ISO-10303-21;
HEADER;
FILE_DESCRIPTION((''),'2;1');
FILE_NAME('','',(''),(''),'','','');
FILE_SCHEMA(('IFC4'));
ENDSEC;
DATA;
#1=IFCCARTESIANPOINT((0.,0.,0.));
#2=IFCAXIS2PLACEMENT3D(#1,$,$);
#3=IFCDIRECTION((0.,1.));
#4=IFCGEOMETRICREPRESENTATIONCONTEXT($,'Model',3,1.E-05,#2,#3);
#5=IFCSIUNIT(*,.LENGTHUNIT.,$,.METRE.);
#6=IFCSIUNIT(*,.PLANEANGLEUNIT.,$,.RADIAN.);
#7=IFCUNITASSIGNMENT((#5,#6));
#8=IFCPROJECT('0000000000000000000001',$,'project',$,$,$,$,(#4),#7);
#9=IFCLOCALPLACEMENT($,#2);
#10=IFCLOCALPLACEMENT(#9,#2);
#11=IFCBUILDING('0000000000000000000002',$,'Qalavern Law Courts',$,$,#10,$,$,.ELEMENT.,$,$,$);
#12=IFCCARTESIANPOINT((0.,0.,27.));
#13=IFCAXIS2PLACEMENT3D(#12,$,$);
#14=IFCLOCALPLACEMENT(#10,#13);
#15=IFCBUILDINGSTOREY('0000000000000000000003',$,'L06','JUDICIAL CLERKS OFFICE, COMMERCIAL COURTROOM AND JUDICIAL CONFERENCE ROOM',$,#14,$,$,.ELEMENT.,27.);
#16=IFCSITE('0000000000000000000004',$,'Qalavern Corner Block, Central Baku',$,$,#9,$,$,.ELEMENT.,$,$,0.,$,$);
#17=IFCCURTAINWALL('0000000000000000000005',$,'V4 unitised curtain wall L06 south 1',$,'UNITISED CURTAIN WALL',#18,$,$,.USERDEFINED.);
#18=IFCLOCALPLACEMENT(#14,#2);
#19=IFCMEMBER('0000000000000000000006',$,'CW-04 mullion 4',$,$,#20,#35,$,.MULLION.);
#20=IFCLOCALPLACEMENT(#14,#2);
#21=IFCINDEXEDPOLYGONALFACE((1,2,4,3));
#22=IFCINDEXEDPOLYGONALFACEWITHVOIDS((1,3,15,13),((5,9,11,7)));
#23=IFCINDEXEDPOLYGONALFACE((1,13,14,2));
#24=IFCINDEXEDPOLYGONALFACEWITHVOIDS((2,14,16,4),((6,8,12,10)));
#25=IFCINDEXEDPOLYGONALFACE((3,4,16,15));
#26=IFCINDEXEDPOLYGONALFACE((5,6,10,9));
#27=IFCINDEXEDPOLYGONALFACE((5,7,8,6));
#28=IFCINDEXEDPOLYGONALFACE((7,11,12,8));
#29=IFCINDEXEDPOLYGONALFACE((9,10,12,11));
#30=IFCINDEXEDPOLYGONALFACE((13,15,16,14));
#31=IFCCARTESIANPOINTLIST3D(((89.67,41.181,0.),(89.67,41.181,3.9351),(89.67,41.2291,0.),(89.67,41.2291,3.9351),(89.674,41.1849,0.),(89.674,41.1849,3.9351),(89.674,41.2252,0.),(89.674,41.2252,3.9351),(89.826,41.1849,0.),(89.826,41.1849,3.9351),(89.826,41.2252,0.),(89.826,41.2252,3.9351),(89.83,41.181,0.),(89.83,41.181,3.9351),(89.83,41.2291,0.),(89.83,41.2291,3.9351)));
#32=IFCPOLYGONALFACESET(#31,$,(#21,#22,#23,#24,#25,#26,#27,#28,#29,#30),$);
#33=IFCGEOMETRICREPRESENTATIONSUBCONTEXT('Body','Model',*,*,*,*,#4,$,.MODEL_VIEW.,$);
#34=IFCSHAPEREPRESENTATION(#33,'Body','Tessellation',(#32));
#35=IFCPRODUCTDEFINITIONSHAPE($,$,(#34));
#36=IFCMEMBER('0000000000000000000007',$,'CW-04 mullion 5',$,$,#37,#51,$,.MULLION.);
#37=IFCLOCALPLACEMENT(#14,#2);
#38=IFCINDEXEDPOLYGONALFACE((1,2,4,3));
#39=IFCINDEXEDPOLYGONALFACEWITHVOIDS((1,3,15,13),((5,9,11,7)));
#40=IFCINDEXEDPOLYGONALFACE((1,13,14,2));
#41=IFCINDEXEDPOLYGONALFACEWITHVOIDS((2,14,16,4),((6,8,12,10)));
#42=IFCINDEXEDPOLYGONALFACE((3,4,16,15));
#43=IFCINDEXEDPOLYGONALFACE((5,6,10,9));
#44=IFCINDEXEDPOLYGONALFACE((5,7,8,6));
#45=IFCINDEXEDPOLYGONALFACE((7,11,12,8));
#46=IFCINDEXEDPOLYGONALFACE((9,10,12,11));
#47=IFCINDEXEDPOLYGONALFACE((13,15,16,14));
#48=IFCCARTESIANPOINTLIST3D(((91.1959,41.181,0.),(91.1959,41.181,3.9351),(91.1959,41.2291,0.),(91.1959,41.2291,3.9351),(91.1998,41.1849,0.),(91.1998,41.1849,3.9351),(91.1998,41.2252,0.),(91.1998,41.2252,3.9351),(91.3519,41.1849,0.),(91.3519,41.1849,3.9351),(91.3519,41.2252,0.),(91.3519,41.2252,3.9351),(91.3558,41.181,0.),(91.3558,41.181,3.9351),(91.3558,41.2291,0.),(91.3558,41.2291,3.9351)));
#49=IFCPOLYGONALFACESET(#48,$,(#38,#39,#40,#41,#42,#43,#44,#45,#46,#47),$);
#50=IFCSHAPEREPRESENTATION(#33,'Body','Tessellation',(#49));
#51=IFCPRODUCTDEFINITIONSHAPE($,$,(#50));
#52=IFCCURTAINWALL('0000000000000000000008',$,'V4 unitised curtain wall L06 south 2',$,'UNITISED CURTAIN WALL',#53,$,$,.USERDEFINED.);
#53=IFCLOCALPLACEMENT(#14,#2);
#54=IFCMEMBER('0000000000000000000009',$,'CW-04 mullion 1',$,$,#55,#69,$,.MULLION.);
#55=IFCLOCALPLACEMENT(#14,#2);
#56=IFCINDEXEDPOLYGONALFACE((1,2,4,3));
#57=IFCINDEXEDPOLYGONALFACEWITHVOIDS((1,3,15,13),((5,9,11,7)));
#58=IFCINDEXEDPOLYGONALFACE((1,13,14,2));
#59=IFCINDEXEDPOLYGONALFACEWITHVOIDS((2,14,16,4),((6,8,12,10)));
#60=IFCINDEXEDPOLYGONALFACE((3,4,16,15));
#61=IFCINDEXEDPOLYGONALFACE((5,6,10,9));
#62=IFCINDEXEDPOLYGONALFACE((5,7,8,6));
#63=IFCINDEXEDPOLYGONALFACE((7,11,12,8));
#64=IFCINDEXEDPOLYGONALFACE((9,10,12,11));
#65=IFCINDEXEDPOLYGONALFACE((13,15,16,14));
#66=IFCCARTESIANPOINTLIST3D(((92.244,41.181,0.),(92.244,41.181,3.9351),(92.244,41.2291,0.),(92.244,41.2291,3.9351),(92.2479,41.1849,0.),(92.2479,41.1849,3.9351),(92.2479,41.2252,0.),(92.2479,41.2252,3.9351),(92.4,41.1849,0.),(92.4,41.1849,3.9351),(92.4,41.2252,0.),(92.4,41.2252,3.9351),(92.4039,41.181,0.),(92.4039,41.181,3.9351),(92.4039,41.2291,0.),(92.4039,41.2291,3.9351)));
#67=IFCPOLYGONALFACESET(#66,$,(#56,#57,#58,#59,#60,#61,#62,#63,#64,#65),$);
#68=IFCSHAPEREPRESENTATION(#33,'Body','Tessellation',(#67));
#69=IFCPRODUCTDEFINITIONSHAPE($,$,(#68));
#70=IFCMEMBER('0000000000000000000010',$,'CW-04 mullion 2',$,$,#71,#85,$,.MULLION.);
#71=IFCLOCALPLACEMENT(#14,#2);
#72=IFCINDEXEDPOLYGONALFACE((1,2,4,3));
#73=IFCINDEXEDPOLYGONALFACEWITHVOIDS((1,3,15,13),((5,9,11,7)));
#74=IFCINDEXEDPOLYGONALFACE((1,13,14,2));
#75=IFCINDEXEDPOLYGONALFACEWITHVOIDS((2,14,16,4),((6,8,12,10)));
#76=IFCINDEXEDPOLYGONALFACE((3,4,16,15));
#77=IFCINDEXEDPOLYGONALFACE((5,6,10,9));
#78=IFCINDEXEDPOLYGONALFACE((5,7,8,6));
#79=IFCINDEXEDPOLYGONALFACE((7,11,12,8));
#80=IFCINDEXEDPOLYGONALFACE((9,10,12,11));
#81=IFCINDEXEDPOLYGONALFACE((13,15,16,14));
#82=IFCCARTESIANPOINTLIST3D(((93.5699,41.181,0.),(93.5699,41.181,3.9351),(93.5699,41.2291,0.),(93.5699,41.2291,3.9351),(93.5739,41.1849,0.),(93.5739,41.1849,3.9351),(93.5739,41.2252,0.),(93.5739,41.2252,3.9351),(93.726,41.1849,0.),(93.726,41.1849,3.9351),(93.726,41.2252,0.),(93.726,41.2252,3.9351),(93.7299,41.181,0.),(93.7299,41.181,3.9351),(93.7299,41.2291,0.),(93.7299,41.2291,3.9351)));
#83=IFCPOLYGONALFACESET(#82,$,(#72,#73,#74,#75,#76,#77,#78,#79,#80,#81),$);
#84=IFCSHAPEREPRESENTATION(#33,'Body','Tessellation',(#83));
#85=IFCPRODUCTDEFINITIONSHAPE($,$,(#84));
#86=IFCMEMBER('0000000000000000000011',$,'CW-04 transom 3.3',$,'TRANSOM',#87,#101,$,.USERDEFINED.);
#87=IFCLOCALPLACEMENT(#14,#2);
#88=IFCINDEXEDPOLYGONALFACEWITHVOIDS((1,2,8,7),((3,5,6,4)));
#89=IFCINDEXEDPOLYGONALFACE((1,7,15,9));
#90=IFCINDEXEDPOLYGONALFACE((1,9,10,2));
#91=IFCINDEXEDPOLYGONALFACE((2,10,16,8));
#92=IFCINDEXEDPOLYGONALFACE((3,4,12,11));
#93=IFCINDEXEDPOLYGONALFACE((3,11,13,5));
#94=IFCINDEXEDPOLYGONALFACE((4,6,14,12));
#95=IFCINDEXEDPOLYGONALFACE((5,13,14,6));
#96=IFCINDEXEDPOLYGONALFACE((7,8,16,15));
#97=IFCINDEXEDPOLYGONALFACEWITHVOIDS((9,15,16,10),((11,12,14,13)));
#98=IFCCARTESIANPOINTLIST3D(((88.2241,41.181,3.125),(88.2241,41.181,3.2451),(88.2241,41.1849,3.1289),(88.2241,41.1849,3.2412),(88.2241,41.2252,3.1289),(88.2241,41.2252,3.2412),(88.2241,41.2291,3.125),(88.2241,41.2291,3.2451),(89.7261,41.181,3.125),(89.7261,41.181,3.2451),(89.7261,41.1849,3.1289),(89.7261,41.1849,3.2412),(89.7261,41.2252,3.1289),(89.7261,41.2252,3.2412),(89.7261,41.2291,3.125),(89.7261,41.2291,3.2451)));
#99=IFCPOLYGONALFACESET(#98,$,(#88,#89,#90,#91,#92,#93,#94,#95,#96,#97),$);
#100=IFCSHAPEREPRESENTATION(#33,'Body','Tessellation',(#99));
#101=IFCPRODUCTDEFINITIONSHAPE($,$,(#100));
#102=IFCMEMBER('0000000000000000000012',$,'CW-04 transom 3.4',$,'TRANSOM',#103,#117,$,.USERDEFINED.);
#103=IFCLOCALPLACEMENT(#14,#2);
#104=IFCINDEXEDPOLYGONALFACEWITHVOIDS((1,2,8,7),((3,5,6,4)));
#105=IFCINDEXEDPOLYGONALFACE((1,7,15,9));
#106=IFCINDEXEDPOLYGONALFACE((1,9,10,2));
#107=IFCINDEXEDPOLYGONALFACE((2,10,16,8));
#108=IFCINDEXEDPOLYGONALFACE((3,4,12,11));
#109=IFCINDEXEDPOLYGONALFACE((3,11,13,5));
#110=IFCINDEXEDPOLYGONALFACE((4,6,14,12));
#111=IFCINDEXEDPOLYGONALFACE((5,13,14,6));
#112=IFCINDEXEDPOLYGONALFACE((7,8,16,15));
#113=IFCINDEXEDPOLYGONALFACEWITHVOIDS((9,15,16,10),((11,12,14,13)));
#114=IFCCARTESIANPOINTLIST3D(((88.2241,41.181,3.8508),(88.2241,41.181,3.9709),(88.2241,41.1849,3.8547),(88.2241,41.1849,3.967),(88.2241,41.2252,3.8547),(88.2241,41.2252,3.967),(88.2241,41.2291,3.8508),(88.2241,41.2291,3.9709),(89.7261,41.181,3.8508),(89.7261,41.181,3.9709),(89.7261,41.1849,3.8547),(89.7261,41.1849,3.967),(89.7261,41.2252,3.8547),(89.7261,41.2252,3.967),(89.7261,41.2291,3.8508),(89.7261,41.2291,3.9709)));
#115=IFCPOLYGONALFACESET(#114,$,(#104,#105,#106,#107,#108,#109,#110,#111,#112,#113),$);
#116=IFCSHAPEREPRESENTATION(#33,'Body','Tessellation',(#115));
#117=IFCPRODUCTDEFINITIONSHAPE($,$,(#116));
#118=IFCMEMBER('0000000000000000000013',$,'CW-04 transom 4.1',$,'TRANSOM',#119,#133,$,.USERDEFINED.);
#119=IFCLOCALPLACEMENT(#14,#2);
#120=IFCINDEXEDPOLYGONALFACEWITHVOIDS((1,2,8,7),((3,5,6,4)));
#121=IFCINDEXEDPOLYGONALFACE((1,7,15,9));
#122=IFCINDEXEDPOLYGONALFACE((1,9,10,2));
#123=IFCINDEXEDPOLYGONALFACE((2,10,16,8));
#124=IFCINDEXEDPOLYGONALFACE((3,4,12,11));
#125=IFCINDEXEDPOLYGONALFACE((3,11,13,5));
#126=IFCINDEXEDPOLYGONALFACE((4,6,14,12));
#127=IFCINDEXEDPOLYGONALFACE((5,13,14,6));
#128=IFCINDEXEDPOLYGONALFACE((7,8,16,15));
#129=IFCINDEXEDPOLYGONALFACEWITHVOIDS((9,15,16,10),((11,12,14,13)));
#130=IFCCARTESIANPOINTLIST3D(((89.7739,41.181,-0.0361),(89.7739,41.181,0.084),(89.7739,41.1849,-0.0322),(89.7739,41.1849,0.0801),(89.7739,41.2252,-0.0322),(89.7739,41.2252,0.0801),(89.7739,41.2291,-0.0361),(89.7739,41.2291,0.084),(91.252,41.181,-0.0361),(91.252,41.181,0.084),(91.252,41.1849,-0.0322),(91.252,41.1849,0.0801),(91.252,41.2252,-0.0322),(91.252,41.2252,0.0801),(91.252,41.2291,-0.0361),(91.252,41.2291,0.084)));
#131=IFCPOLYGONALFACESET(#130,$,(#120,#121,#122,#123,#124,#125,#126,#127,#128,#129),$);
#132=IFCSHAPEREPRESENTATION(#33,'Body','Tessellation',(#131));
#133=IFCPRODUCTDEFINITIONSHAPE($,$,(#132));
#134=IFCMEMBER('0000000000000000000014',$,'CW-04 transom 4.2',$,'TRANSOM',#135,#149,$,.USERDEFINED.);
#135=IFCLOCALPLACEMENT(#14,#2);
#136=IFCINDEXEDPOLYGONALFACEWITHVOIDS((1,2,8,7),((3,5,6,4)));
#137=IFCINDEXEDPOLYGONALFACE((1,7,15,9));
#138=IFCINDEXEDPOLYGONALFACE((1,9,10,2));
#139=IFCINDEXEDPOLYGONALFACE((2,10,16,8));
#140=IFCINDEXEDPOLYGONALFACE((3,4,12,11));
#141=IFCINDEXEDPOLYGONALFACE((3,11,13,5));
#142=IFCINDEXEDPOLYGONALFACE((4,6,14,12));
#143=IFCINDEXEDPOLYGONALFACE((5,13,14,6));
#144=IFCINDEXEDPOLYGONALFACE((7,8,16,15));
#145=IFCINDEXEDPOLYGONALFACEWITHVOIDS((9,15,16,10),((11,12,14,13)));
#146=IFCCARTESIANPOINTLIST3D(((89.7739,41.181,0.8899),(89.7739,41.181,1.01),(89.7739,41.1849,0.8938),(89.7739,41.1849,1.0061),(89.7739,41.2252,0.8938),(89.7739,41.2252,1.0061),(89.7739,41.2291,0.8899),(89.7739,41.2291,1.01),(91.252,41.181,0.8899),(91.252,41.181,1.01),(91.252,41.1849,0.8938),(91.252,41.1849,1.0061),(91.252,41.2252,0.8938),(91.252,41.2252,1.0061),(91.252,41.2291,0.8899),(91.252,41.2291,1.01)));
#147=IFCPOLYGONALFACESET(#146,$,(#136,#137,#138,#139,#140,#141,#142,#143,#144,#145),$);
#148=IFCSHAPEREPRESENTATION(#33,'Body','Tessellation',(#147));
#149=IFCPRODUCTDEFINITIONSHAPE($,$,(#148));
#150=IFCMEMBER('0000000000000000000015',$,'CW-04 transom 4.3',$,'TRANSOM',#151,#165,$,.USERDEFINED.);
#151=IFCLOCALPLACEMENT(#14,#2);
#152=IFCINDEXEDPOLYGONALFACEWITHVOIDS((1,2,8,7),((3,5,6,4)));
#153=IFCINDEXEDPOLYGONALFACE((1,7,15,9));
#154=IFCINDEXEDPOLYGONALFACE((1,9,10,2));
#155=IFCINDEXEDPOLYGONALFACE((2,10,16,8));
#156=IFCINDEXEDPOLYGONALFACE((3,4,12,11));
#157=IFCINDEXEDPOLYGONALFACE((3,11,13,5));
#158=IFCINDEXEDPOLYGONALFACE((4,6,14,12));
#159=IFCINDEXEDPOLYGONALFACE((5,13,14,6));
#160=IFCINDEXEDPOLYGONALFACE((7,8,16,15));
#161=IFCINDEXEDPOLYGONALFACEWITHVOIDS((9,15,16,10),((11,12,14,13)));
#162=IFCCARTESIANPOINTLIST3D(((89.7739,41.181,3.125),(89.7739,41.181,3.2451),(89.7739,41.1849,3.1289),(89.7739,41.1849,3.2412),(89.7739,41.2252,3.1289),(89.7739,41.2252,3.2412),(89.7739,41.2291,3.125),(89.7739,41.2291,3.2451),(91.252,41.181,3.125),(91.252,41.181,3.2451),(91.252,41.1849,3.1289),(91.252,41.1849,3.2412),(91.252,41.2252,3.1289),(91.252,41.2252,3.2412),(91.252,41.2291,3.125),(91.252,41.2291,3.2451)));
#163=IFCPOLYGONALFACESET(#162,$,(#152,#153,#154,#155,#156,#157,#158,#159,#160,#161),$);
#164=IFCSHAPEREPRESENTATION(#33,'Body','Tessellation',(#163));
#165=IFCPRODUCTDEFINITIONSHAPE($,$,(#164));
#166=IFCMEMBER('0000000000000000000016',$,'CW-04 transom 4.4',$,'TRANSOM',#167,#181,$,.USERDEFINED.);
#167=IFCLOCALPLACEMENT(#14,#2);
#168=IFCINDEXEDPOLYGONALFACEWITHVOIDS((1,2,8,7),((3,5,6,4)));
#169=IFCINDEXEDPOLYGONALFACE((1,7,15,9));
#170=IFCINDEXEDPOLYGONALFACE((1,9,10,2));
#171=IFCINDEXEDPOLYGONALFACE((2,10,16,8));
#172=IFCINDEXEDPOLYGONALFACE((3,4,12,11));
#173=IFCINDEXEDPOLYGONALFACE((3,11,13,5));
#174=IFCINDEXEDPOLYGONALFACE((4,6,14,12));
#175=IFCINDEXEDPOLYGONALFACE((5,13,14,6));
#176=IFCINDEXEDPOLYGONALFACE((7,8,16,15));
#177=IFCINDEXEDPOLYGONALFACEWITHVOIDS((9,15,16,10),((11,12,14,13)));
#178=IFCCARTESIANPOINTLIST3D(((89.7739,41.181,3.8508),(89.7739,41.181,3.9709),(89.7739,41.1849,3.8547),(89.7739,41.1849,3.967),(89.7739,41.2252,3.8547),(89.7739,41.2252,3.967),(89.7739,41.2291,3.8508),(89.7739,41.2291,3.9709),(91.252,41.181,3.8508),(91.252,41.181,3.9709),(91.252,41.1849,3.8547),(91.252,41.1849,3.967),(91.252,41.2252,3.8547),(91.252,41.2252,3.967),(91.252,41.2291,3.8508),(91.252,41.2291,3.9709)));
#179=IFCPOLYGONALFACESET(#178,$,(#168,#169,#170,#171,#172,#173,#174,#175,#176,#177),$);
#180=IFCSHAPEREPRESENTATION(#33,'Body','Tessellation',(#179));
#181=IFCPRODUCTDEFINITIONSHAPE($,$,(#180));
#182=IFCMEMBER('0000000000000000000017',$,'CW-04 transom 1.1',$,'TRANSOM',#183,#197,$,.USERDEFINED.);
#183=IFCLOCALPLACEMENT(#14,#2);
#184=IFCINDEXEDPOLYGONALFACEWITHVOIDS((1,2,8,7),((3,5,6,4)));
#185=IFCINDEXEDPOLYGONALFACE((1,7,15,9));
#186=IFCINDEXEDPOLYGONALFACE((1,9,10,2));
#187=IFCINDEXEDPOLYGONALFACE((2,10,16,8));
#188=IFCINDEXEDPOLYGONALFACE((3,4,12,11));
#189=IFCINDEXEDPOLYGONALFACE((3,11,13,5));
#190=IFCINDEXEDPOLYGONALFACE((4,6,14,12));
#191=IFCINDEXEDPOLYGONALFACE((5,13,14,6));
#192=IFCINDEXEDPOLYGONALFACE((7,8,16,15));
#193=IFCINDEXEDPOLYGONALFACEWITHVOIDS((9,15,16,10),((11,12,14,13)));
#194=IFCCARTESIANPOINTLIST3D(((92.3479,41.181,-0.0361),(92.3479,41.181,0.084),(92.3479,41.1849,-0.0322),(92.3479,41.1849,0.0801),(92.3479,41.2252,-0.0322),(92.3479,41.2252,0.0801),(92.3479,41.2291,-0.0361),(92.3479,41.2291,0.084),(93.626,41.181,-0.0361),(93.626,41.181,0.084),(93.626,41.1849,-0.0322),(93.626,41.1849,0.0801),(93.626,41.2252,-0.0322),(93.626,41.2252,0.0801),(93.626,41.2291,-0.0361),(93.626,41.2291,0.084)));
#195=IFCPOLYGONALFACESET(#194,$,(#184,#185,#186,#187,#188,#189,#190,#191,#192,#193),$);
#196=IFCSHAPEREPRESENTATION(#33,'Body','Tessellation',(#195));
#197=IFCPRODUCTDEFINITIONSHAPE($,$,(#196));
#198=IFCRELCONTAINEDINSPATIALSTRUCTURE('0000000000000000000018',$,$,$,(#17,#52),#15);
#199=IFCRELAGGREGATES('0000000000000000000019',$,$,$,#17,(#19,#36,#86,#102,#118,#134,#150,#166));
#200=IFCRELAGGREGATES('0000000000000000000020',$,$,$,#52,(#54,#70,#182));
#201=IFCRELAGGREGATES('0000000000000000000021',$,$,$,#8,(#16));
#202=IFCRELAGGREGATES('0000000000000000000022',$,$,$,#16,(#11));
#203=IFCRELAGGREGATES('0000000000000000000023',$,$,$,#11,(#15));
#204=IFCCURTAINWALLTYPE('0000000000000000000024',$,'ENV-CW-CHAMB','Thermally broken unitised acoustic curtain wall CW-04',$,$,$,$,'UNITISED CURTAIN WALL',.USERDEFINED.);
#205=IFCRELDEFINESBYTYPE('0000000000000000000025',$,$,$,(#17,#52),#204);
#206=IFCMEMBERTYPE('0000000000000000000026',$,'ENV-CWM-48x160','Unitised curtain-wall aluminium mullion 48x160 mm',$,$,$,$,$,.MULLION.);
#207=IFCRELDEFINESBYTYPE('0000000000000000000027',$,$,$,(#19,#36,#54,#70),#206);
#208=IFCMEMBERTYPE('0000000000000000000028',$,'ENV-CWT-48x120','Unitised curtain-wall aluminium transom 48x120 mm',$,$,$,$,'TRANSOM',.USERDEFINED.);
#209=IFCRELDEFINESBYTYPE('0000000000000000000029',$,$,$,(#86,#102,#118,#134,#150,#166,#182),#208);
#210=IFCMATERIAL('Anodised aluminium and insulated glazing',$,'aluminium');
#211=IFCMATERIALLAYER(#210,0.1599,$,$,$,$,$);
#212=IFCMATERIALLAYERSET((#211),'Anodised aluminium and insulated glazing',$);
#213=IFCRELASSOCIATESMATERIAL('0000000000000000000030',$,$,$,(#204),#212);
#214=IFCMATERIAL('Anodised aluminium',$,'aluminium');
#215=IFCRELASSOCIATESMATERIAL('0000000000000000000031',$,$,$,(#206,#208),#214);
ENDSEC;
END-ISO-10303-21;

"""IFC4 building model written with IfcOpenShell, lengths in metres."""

from ifc_helpers import new_model, si_unit, direction, frame, origin, origin_2d, place, context, subcontext, project, spatial, hollow_rectangle, extrude, material, layer, layer_set, material_profile, profile_set, type_object, element, aggregate, save


model = new_model("IFC4")

# Units and contexts
model_context = context("Model", 3, precision=1e-05, world=origin(), true_north=direction((0.0, 1.0)))
body_context = subcontext(model_context, "Body", "Model", "MODEL_VIEW")
ifc_project = project(units=[si_unit("LENGTHUNIT", "METRE"), si_unit("PLANEANGLEUNIT", "RADIAN")], contexts=[model_context])

# Site, building, storey
site_placement = place(None, origin())
site = spatial("IfcSite", under=ifc_project, at=site_placement, Name="Qalavern Corner Block, Central Baku", CompositionType="ELEMENT", RefElevation=0.0)
building_placement = place(site_placement, origin())
building = spatial("IfcBuilding", under=site, at=building_placement, Name="Qalavern Law Courts", CompositionType="ELEMENT")
storey_placement = place(building_placement, frame((0.0, 0.0, 27.0)))
storey = spatial("IfcBuildingStorey", under=building, at=storey_placement, Name="L06", Description="JUDICIAL CLERKS OFFICE, COMMERCIAL COURTROOM AND JUDICIAL CONFERENCE ROOM", CompositionType="ELEMENT", Elevation=27.0)

# Curtain walls, members
ifc_material_1 = material(Name="Anodised aluminium and insulated glazing", Category="aluminium")
ifc_layer_1 = layer(ifc_material_1, 0.1599)
ifc_layer_set_1 = layer_set([ifc_layer_1], Name="Anodised aluminium and insulated glazing")
curtain_wall_type = type_object("IfcCurtainWallType", Name="ENV-CW-CHAMB", Description="Thermally broken unitised acoustic curtain wall CW-04", ElementType="UNITISED CURTAIN WALL", PredefinedType="USERDEFINED", material=ifc_layer_set_1)
curtain_wall_1_placement = place(storey_placement, origin())
curtain_wall_1 = element("IfcCurtainWall", 1, at=curtain_wall_1_placement, inside=storey, type_object=curtain_wall_type, Name="V4 unitised curtain wall L06 south 1", ObjectType="UNITISED CURTAIN WALL", PredefinedType="USERDEFINED")
ifc_material_2 = material(Name="Anodised aluminium", Category="aluminium")
ifc_material_profile_1 = material_profile(ifc_material_2, hollow_rectangle(XDim=0.0481, YDim=0.1599, WallThickness=0.0039, at=origin_2d()), Name="ALU MULLION 48x160")
ifc_profile_set_1 = profile_set([ifc_material_profile_1], Name="Anodised aluminium")
member_type_1 = type_object("IfcMemberType", Name="ENV-CWM-48x160", Description="Unitised curtain-wall aluminium mullion 48x160 mm", PredefinedType="MULLION", material=ifc_profile_set_1)
member_1_placement = place(storey_placement, frame((89.75, 41.2051, 0.0), z_axis=(0.0, 0.0, 1.0), x_axis=(0.0, 1.0, 0.0)))
member_1 = element("IfcMember", 2, at=member_1_placement, type_object=member_type_1, Name="CW-04 mullion 4", PredefinedType="MULLION", context=body_context, shape_type="SweptSolid", body=[
    extrude(hollow_rectangle(XDim=0.0481, YDim=0.1599, WallThickness=0.0039, at=origin_2d()), origin(), (0.0, 0.0, 1.0), 3.9351),
])
member_2_placement = place(storey_placement, frame((91.2759, 41.2051, 0.0), z_axis=(0.0, 0.0, 1.0), x_axis=(0.0, 1.0, 0.0)))
member_2 = element("IfcMember", 3, at=member_2_placement, type_object=member_type_1, Name="CW-04 mullion 5", PredefinedType="MULLION", context=body_context, shape_type="SweptSolid", body=[
    extrude(hollow_rectangle(XDim=0.0481, YDim=0.1599, WallThickness=0.0039, at=origin_2d()), origin(), (0.0, 0.0, 1.0), 3.9351),
])
curtain_wall_2_placement = place(storey_placement, origin())
curtain_wall_2 = element("IfcCurtainWall", 4, at=curtain_wall_2_placement, inside=storey, type_object=curtain_wall_type, Name="V4 unitised curtain wall L06 south 2", ObjectType="UNITISED CURTAIN WALL", PredefinedType="USERDEFINED")
member_3_placement = place(storey_placement, frame((92.324, 41.2051, 0.0), z_axis=(0.0, 0.0, 1.0), x_axis=(0.0, 1.0, 0.0)))
member_3 = element("IfcMember", 5, at=member_3_placement, type_object=member_type_1, Name="CW-04 mullion 1", PredefinedType="MULLION", context=body_context, shape_type="SweptSolid", body=[
    extrude(hollow_rectangle(XDim=0.0481, YDim=0.1599, WallThickness=0.0039, at=origin_2d()), origin(), (0.0, 0.0, 1.0), 3.9351),
])
member_4_placement = place(storey_placement, frame((93.6499, 41.2051, 0.0), z_axis=(0.0, 0.0, 1.0), x_axis=(0.0, 1.0, 0.0)))
member_4 = element("IfcMember", 6, at=member_4_placement, type_object=member_type_1, Name="CW-04 mullion 2", PredefinedType="MULLION", context=body_context, shape_type="SweptSolid", body=[
    extrude(hollow_rectangle(XDim=0.0481, YDim=0.1599, WallThickness=0.0039, at=origin_2d()), origin(), (0.0, 0.0, 1.0), 3.9351),
])

# Members
ifc_material_profile_2 = material_profile(ifc_material_2, hollow_rectangle(XDim=0.0481, YDim=0.1201, WallThickness=0.0039, at=origin_2d()), Name="ALU TRANSOM 48x120")
ifc_profile_set_2 = profile_set([ifc_material_profile_2], Name="Anodised aluminium")
member_type_2 = type_object("IfcMemberType", Name="ENV-CWT-48x120", Description="Unitised curtain-wall aluminium transom 48x120 mm", ElementType="TRANSOM", PredefinedType="USERDEFINED", material=ifc_profile_set_2)
member_5_placement = place(storey_placement, frame((88.2241, 41.2051, 3.1851), z_axis=(1.0, 0.0, 0.0), x_axis=(0.0, 1.0, 0.0)))
member_5 = element("IfcMember", 7, at=member_5_placement, type_object=member_type_2, Name="CW-04 transom 3.3", ObjectType="TRANSOM", PredefinedType="USERDEFINED", context=body_context, shape_type="SweptSolid", body=[
    extrude(hollow_rectangle(XDim=0.0481, YDim=0.1201, WallThickness=0.0039, at=origin_2d()), origin(), (0.0, 0.0, 1.0), 1.502),
])
member_6_placement = place(storey_placement, frame((88.2241, 41.2051, 3.9109), z_axis=(1.0, 0.0, 0.0), x_axis=(0.0, 1.0, 0.0)))
member_6 = element("IfcMember", 8, at=member_6_placement, type_object=member_type_2, Name="CW-04 transom 3.4", ObjectType="TRANSOM", PredefinedType="USERDEFINED", context=body_context, shape_type="SweptSolid", body=[
    extrude(hollow_rectangle(XDim=0.0481, YDim=0.1201, WallThickness=0.0039, at=origin_2d()), origin(), (0.0, 0.0, 1.0), 1.502),
])
member_7_placement = place(storey_placement, frame((89.7739, 41.2051, 0.0239), z_axis=(1.0, 0.0, 0.0), x_axis=(0.0, 1.0, 0.0)))
member_7 = element("IfcMember", 9, at=member_7_placement, type_object=member_type_2, Name="CW-04 transom 4.1", ObjectType="TRANSOM", PredefinedType="USERDEFINED", context=body_context, shape_type="SweptSolid", body=[
    extrude(hollow_rectangle(XDim=0.0481, YDim=0.1201, WallThickness=0.0039, at=origin_2d()), origin(), (0.0, 0.0, 1.0), 1.478),
])
member_8_placement = place(storey_placement, frame((89.7739, 41.2051, 0.95), z_axis=(1.0, 0.0, 0.0), x_axis=(0.0, 1.0, 0.0)))
member_8 = element("IfcMember", 10, at=member_8_placement, type_object=member_type_2, Name="CW-04 transom 4.2", ObjectType="TRANSOM", PredefinedType="USERDEFINED", context=body_context, shape_type="SweptSolid", body=[
    extrude(hollow_rectangle(XDim=0.0481, YDim=0.1201, WallThickness=0.0039, at=origin_2d()), origin(), (0.0, 0.0, 1.0), 1.478),
])
member_9_placement = place(storey_placement, frame((89.7739, 41.2051, 3.1851), z_axis=(1.0, 0.0, 0.0), x_axis=(0.0, 1.0, 0.0)))
member_9 = element("IfcMember", 11, at=member_9_placement, type_object=member_type_2, Name="CW-04 transom 4.3", ObjectType="TRANSOM", PredefinedType="USERDEFINED", context=body_context, shape_type="SweptSolid", body=[
    extrude(hollow_rectangle(XDim=0.0481, YDim=0.1201, WallThickness=0.0039, at=origin_2d()), origin(), (0.0, 0.0, 1.0), 1.478),
])
member_10_placement = place(storey_placement, frame((89.7739, 41.2051, 3.9109), z_axis=(1.0, 0.0, 0.0), x_axis=(0.0, 1.0, 0.0)))
member_10 = element("IfcMember", 12, at=member_10_placement, type_object=member_type_2, Name="CW-04 transom 4.4", ObjectType="TRANSOM", PredefinedType="USERDEFINED", context=body_context, shape_type="SweptSolid", body=[
    extrude(hollow_rectangle(XDim=0.0481, YDim=0.1201, WallThickness=0.0039, at=origin_2d()), origin(), (0.0, 0.0, 1.0), 1.478),
])
member_11_placement = place(storey_placement, frame((92.3479, 41.2051, 0.0239), z_axis=(1.0, 0.0, 0.0), x_axis=(0.0, 1.0, 0.0)))
member_11 = element("IfcMember", 13, at=member_11_placement, type_object=member_type_2, Name="CW-04 transom 1.1", ObjectType="TRANSOM", PredefinedType="USERDEFINED", context=body_context, shape_type="SweptSolid", body=[
    extrude(hollow_rectangle(XDim=0.0481, YDim=0.1201, WallThickness=0.0039, at=origin_2d()), origin(), (0.0, 0.0, 1.0), 1.2781),
])

aggregate(curtain_wall_1, [member_1, member_2, member_5, member_6, member_7, member_8, member_9, member_10])
aggregate(curtain_wall_2, [member_3, member_4, member_11])

save(model, "model.ifc")
